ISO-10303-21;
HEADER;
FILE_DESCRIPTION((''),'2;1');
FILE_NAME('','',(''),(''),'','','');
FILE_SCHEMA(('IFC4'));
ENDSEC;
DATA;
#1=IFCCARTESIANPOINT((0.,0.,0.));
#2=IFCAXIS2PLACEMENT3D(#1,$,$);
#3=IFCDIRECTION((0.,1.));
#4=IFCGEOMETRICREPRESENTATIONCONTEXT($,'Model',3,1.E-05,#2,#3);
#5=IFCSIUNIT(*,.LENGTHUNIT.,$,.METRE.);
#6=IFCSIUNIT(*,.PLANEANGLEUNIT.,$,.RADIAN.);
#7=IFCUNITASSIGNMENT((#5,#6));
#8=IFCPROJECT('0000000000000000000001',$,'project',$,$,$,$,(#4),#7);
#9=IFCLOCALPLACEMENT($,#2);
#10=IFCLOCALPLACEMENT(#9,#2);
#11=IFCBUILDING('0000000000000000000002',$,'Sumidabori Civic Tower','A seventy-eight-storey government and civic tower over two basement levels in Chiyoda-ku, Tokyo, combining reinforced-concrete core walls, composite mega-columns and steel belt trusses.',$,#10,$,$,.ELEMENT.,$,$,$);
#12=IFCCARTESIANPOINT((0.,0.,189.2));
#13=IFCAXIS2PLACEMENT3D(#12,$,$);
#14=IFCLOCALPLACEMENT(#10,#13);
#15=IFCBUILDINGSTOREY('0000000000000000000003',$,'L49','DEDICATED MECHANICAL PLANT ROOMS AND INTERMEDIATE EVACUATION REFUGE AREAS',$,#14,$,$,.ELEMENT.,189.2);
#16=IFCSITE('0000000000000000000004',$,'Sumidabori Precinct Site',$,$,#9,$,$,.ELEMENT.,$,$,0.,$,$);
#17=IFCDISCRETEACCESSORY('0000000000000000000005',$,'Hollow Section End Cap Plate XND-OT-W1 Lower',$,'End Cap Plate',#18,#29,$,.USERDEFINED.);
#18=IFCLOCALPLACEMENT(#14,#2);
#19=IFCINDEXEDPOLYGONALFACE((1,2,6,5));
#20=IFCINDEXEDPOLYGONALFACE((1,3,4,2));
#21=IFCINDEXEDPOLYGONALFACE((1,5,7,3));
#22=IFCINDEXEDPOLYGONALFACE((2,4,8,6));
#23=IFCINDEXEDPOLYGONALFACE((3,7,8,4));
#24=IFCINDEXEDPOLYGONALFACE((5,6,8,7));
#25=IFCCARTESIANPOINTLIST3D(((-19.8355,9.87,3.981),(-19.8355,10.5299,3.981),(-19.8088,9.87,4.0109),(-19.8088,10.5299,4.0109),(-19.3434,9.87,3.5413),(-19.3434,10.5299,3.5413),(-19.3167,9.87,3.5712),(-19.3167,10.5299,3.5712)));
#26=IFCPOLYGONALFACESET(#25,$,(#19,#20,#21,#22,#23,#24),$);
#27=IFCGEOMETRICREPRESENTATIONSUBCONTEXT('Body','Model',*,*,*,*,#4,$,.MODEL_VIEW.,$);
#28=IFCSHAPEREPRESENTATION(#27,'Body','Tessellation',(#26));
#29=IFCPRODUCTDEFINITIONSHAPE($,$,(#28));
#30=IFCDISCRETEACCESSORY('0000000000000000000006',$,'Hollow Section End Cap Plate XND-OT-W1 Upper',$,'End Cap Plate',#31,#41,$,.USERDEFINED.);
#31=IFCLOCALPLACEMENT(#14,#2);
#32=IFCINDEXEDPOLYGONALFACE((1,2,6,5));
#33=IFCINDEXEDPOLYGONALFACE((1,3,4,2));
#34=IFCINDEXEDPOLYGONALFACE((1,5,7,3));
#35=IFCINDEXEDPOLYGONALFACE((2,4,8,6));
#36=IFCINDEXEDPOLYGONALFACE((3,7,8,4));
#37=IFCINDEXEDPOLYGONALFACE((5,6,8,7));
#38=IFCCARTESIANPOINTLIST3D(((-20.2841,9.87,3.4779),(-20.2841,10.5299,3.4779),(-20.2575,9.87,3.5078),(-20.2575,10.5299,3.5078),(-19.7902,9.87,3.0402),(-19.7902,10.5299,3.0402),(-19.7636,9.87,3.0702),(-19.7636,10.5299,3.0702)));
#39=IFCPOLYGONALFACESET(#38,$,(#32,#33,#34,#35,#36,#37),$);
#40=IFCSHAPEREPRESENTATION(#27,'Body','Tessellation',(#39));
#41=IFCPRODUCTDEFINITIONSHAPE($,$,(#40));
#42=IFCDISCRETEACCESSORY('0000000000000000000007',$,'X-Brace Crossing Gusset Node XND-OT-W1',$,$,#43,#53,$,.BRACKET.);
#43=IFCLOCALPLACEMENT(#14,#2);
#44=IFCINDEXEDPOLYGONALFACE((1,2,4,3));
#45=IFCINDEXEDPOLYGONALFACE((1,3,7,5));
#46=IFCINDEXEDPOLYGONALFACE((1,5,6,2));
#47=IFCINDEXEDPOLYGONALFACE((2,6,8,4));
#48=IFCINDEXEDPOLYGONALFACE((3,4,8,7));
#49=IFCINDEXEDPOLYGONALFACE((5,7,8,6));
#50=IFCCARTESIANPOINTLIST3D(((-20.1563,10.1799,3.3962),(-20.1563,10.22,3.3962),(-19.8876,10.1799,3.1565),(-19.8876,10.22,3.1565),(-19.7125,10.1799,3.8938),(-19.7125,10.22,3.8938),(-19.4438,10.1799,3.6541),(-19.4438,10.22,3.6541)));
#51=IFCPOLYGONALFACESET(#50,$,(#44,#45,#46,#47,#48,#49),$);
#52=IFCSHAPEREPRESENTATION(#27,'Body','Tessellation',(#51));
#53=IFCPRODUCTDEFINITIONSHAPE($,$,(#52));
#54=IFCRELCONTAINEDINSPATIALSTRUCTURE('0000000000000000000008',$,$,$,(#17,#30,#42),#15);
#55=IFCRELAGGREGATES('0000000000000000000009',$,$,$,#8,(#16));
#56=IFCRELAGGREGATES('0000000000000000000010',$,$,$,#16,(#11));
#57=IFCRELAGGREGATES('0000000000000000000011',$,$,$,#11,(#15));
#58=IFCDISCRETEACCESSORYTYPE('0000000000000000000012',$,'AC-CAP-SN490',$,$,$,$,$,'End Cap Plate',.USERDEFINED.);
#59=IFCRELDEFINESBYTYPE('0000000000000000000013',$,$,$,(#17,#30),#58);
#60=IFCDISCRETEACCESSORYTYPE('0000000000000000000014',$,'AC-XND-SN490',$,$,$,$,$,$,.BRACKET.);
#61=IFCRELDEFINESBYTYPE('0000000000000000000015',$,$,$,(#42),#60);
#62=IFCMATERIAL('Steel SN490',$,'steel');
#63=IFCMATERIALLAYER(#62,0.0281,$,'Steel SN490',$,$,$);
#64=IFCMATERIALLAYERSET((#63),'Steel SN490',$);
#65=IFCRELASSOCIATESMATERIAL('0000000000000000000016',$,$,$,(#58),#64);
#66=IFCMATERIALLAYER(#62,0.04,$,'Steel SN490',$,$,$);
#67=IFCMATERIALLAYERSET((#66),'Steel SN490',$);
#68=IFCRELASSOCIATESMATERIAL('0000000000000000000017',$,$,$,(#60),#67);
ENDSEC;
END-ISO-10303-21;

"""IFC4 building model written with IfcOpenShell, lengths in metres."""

from ifc_helpers import new_model, si_unit, direction, frame, origin, origin_2d, place, context, subcontext, project, spatial, rectangle, extrude, source, transform, mapped, material, layer, layer_set, type_object, element, save


model = new_model("IFC4")

# Units and contexts
model_context = context("Model", 3, precision=1e-05, world=origin(), true_north=direction((0.0, 1.0)))
body_context = subcontext(model_context, "Body", "Model", "MODEL_VIEW")
ifc_project = project(units=[si_unit("LENGTHUNIT", "METRE"), si_unit("PLANEANGLEUNIT", "RADIAN")], contexts=[model_context])

# Site, building, storey
site_placement = place(None, origin())
site = spatial("IfcSite", under=ifc_project, at=site_placement, Name="Sumidabori Precinct Site", CompositionType="ELEMENT", RefElevation=0.0)
building_placement = place(site_placement, origin())
building = spatial("IfcBuilding", under=site, at=building_placement, Name="Sumidabori Civic Tower", Description="A seventy-eight-storey government and civic tower over two basement levels in Chiyoda-ku, Tokyo, combining reinforced-concrete core walls, composite mega-columns and steel belt trusses.", CompositionType="ELEMENT")
storey_placement = place(building_placement, frame((0.0, 0.0, 189.2)))
storey = spatial("IfcBuildingStorey", under=building, at=storey_placement, Name="L49", Description="DEDICATED MECHANICAL PLANT ROOMS AND INTERMEDIATE EVACUATION REFUGE AREAS", CompositionType="ELEMENT", Elevation=189.2)

# Shared definitions
ifc_material_1 = material(Name="Steel SN490", Category="steel")

# Discrete accessories
ifc_layer_1 = layer(ifc_material_1, 0.0281, Name="Steel SN490")
ifc_layer_set_1 = layer_set([ifc_layer_1], Name="Steel SN490")
discrete_accessory_type_1 = type_object("IfcDiscreteAccessoryType", Name="AC-CAP-SN490", ElementType="End Cap Plate", PredefinedType="USERDEFINED", material=ifc_layer_set_1)
shared_shape_1 = source(origin(), body_context, "Body", "SweptSolid", [
    extrude(rectangle(XDim=0.6599, YDim=0.6599, at=origin_2d()), origin(), (0.0, 0.0, 1.0), 0.04),
])
for number, where, z_axis, x_axis, name in (
    (1, (-19.5627, 10.2, 3.791), (-0.666259, 0.0, -0.745721), (0.0, -1.0, 0.0), "Hollow Section End Cap Plate XND-OT-W1 Lower"),
    (2, (-20.0371, 10.2, 3.259), (0.66323, 0.0, 0.748416), (0.0, 1.0, 0.0), "Hollow Section End Cap Plate XND-OT-W1 Upper"),
):
    element("IfcDiscreteAccessory", number, at=place(storey_placement, frame(where, z_axis=z_axis, x_axis=x_axis)), inside=storey, type_object=discrete_accessory_type_1, Name=name, ObjectType="End Cap Plate", PredefinedType="USERDEFINED", context=body_context, shape_type="MappedRepresentation", body=[
        mapped(shared_shape_1, transform((0.0, 0.0, 0.0), x_axis=(1.0, 0.0, 0.0), y_axis=(0.0, 1.0, 0.0), z_axis=(0.0, 0.0, 1.0), scale=1.0)),
    ])
ifc_layer_2 = layer(ifc_material_1, 0.04, Name="Steel SN490")
ifc_layer_set_2 = layer_set([ifc_layer_2], Name="Steel SN490")
discrete_accessory_type_2 = type_object("IfcDiscreteAccessoryType", Name="AC-XND-SN490", PredefinedType="BRACKET", material=ifc_layer_set_2)
shared_shape_2 = source(origin(), body_context, "Body", "SweptSolid", [
    extrude(rectangle(XDim=0.04, YDim=0.3601, at=origin_2d()), origin(), (0.0, 0.0, 1.0), 0.6667),
])
discrete_accessory_placement = place(storey_placement, frame((-19.5781, 10.2, 3.7739), z_axis=(-0.665681, 0.0, -0.746236), x_axis=(0.0, -1.0, 0.0)))
element("IfcDiscreteAccessory", 3, at=discrete_accessory_placement, inside=storey, type_object=discrete_accessory_type_2, Name="X-Brace Crossing Gusset Node XND-OT-W1", PredefinedType="BRACKET", context=body_context, shape_type="MappedRepresentation", body=[
    mapped(shared_shape_2, transform((0.0, 0.0, 0.0), x_axis=(1.0, 0.0, 0.0), y_axis=(0.0, 1.0, 0.0), z_axis=(0.0, 0.0, 1.0), scale=1.0)),
])

save(model, "model.ifc")
